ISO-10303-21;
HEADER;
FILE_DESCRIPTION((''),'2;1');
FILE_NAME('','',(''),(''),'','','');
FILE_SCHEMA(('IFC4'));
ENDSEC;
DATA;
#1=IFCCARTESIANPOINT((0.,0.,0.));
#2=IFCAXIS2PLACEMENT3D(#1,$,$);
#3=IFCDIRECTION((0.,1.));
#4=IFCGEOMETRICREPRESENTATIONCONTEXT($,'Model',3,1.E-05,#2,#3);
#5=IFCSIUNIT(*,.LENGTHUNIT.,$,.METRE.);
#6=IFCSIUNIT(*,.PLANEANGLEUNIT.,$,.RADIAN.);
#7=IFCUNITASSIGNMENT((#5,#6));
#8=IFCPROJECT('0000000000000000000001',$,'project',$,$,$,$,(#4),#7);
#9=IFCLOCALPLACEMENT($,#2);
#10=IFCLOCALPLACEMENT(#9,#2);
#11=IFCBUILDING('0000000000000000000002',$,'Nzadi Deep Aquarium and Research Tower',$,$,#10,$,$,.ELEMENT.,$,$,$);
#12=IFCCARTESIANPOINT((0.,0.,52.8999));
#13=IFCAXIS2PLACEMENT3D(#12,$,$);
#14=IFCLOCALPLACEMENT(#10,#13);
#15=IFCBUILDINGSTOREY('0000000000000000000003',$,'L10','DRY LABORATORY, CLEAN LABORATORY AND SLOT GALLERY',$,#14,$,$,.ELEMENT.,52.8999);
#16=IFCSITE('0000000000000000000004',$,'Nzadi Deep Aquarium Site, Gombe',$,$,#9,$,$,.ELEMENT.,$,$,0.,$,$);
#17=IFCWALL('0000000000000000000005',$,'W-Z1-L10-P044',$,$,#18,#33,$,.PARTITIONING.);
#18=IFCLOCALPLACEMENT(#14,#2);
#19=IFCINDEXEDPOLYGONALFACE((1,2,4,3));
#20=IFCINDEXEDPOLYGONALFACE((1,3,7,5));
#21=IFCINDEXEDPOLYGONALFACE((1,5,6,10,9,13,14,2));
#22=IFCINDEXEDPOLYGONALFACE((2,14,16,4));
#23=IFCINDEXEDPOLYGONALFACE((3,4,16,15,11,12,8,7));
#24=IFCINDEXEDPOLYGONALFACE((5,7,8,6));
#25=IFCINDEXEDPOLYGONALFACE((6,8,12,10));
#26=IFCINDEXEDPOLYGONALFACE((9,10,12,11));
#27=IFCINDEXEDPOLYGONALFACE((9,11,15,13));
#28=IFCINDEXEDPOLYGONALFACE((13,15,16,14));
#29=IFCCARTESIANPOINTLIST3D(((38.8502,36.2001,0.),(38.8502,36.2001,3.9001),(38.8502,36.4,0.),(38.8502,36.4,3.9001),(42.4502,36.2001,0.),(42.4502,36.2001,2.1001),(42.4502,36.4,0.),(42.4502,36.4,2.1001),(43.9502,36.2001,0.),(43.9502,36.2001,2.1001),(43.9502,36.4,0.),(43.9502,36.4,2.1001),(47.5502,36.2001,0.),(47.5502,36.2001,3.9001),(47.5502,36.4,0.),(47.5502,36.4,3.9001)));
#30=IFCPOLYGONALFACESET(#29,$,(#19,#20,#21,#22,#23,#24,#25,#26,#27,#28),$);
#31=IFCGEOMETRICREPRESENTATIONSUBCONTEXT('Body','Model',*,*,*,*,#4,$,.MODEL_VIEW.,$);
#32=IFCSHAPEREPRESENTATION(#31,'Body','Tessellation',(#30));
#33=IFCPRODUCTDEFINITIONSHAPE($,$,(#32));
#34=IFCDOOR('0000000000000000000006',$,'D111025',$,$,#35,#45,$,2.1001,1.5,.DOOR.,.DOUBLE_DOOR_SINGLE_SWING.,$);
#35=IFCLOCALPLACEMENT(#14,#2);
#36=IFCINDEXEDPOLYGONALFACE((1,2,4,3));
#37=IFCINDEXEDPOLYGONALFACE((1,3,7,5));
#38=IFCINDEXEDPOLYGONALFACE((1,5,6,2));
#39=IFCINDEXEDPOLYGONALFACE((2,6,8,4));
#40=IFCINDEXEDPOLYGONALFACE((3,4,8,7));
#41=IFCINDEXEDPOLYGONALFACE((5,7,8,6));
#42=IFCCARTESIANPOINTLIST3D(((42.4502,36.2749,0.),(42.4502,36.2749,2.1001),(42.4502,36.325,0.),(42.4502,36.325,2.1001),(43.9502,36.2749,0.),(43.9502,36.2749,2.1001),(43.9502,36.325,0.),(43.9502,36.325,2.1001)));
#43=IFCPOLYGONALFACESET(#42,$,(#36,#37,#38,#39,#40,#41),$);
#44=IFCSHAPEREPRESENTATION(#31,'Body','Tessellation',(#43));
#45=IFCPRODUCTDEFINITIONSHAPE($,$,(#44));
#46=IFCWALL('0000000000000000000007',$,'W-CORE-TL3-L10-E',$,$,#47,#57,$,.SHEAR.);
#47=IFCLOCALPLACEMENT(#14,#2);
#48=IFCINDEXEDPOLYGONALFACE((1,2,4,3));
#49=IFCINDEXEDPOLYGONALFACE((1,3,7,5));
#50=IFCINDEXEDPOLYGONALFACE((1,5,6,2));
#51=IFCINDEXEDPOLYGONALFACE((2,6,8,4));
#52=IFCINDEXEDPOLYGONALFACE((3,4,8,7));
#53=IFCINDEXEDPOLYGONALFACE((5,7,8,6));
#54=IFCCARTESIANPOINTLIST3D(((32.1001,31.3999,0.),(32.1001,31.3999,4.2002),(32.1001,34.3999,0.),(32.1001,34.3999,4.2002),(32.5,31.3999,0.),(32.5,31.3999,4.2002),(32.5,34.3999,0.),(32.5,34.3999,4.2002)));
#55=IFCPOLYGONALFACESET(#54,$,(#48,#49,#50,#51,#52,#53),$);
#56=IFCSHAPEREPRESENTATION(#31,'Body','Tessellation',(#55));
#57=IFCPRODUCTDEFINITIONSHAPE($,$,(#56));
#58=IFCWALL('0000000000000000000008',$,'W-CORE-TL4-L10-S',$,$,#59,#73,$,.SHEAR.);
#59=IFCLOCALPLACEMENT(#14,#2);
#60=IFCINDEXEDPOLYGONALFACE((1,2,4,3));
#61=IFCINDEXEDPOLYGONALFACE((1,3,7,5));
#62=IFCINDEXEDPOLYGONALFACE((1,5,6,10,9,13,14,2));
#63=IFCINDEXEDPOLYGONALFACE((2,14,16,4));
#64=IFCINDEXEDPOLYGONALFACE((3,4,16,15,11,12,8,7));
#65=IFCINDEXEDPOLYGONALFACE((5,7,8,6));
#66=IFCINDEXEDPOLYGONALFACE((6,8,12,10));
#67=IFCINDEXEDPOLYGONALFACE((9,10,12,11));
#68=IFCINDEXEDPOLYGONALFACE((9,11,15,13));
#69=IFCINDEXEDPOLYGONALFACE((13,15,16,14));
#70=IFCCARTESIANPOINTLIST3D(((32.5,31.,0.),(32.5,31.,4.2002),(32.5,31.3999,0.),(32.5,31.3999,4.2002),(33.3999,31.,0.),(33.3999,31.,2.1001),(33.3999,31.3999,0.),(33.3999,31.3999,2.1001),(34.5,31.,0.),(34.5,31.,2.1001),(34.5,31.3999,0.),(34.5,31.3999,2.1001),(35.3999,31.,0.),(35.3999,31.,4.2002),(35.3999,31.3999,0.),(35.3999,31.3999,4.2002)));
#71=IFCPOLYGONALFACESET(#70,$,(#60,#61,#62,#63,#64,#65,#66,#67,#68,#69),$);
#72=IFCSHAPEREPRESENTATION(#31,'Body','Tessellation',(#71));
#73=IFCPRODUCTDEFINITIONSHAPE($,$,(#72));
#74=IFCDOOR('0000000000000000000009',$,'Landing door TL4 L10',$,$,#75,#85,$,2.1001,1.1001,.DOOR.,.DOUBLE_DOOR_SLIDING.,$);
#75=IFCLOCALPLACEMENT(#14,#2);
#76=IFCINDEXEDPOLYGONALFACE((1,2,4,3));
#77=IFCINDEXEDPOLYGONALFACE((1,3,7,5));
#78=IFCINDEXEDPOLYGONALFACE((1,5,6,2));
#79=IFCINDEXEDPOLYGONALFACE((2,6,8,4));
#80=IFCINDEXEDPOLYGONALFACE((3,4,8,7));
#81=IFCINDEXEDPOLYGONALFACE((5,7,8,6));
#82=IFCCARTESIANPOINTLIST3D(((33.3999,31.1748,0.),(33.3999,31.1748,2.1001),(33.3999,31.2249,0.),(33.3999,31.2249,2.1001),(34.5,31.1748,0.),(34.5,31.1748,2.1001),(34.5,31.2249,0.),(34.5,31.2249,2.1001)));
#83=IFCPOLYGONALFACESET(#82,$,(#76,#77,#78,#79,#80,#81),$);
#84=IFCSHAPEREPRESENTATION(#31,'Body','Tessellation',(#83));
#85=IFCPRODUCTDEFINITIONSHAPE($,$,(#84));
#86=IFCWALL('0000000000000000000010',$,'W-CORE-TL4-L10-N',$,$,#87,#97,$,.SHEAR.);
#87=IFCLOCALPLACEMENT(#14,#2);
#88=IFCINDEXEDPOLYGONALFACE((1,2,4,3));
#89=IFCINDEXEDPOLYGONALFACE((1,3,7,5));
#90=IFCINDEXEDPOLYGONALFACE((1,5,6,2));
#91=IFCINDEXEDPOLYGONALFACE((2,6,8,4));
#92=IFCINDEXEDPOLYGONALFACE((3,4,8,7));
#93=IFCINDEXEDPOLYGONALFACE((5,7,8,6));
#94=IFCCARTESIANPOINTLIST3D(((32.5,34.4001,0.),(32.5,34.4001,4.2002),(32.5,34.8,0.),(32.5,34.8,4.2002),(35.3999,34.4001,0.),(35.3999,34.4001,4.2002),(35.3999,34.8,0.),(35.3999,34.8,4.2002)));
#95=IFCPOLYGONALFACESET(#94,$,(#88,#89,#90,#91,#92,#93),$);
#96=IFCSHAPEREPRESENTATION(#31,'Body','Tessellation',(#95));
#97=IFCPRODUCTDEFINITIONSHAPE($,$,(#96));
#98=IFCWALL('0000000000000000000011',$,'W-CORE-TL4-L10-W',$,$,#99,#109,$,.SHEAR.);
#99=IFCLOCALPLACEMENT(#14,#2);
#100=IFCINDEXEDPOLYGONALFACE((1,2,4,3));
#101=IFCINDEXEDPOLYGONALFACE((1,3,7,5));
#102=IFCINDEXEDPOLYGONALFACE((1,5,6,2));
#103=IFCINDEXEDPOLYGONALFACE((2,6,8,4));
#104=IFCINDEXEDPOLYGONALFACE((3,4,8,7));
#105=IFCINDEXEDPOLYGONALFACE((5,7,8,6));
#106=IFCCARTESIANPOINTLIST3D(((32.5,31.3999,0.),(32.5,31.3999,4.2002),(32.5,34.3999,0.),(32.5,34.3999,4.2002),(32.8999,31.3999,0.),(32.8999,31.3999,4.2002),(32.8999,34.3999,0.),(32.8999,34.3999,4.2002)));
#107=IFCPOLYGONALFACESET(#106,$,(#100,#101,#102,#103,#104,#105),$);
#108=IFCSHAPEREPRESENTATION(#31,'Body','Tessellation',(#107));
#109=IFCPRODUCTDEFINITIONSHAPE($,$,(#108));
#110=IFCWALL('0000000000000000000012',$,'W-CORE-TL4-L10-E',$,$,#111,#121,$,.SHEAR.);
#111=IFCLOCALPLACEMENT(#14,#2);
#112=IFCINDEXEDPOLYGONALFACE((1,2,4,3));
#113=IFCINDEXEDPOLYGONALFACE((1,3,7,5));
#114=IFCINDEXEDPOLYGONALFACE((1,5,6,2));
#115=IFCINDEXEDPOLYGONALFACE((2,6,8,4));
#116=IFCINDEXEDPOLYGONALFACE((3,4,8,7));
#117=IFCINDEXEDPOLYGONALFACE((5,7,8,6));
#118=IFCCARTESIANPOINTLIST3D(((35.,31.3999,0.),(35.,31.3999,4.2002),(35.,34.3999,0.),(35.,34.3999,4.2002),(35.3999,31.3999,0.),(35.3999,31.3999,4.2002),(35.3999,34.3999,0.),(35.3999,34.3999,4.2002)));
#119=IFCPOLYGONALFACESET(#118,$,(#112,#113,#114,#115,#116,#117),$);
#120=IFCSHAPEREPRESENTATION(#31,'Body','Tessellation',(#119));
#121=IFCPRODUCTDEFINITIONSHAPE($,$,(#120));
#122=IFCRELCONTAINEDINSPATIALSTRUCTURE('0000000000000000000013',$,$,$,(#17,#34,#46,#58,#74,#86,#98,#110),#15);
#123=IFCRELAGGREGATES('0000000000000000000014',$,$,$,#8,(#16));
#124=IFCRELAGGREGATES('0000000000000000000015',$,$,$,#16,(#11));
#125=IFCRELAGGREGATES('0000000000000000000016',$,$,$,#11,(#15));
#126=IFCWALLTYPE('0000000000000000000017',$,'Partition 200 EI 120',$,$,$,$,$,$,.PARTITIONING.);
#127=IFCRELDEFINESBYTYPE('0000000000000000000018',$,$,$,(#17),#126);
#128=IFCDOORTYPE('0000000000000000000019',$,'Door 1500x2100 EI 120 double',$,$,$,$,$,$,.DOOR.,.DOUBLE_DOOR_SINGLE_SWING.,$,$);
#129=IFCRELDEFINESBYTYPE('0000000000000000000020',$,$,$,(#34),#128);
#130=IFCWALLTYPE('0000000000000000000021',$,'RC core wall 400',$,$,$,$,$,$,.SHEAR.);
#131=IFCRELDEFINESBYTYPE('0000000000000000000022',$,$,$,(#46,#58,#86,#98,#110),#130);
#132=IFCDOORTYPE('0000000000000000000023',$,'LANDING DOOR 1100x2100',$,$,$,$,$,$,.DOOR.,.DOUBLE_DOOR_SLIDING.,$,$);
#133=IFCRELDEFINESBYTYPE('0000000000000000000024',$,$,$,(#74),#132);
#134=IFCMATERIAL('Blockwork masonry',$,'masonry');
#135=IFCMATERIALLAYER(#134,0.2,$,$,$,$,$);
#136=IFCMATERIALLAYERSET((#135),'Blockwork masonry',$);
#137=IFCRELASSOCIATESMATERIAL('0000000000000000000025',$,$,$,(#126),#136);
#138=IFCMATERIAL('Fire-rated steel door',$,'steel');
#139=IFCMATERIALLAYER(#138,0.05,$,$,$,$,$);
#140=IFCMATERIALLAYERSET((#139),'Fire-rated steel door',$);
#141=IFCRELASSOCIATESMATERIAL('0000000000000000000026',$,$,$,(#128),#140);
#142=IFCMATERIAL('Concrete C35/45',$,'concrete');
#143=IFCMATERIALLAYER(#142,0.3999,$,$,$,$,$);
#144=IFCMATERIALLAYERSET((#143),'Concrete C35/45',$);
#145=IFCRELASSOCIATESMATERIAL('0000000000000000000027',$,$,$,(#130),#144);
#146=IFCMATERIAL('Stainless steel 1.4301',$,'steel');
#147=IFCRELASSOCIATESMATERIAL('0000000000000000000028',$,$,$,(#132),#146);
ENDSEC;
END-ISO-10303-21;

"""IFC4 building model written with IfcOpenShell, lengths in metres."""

from ifc_helpers import new_model, si_unit, direction, frame, frame_2d, origin, place, context, subcontext, project, spatial, rectangle, extrude, material, layer, layer_set, type_object, element, fill, save


model = new_model("IFC4")

# Units and contexts
model_context = context("Model", 3, precision=1e-05, world=origin(), true_north=direction((0.0, 1.0)))
body_context = subcontext(model_context, "Body", "Model", "MODEL_VIEW")
ifc_project = project(units=[si_unit("LENGTHUNIT", "METRE"), si_unit("PLANEANGLEUNIT", "RADIAN")], contexts=[model_context])

# Site, building, storey
site_placement = place(None, origin())
site = spatial("IfcSite", under=ifc_project, at=site_placement, Name="Nzadi Deep Aquarium Site, Gombe", CompositionType="ELEMENT", RefElevation=0.0)
building_placement = place(site_placement, origin())
building = spatial("IfcBuilding", under=site, at=building_placement, Name="Nzadi Deep Aquarium and Research Tower", CompositionType="ELEMENT")
storey_placement = place(building_placement, frame((0.0, 0.0, 52.8999)))
storey = spatial("IfcBuildingStorey", under=building, at=storey_placement, Name="L10", Description="DRY LABORATORY, CLEAN LABORATORY AND SLOT GALLERY", CompositionType="ELEMENT", Elevation=52.8999)

# Shared definitions
ifc_material_1 = material(Name="Blockwork masonry", Category="masonry")
ifc_layer_1 = layer(ifc_material_1, 0.2)
ifc_layer_set_1 = layer_set([ifc_layer_1], Name="Blockwork masonry")
wall_type_1 = type_object("IfcWallType", Name="Partition 200 EI 120", PredefinedType="PARTITIONING", material=ifc_layer_set_1)

# Wall, opening, door
wall_1_placement = place(storey_placement, frame((38.8501, 36.3, 0.0), z_axis=(0.0, 0.0, 1.0), x_axis=(1.0, 0.0, 0.0)))
wall_1 = element("IfcWall", 1, at=wall_1_placement, inside=storey, type_object=wall_type_1, Name="W-Z1-L10-P044", PredefinedType="PARTITIONING", context=body_context, shape_type="SweptSolid", body=[
    extrude(rectangle(XDim=8.7, YDim=0.2, at=frame_2d((4.3501, 0.0))), origin(), (0.0, 0.0, 1.0), 3.9001),
])
opening_1_placement = place(wall_1_placement, frame((3.6001, 0.0, 0.0)))
opening_1 = element("IfcOpeningElement", 2, at=opening_1_placement, cuts=wall_1, PredefinedType="OPENING", context=body_context, shape_type="SweptSolid", body=[
    extrude(rectangle(XDim=1.5, YDim=2.1001, at=frame_2d((0.75, 1.05))), frame((0.0, 0.1101, 0.0), z_axis=(0.0, -1.0, 0.0), x_axis=(1.0, 0.0, 0.0)), (0.0, 0.0, 1.0), 0.2202),
])
ifc_material_2 = material(Name="Fire-rated steel door", Category="steel")
ifc_layer_2 = layer(ifc_material_2, 0.05)
ifc_layer_set_2 = layer_set([ifc_layer_2], Name="Fire-rated steel door")
door_type_1 = type_object("IfcDoorType", Name="Door 1500x2100 EI 120 double", OperationType="DOUBLE_DOOR_SINGLE_SWING", PredefinedType="DOOR", material=ifc_layer_set_2)
door_1_placement = place(opening_1_placement, origin())
door_1 = element("IfcDoor", 3, at=door_1_placement, inside=storey, type_object=door_type_1, Name="D111025", OperationType="DOUBLE_DOOR_SINGLE_SWING", OverallHeight=2.1001, OverallWidth=1.5, PredefinedType="DOOR", context=body_context, shape_type="SweptSolid", body=[
    extrude(rectangle(XDim=1.5, YDim=2.1001, at=frame_2d((0.75, 1.05))), frame((0.0, 0.0249, 0.0), z_axis=(0.0, -1.0, 0.0), x_axis=(1.0, 0.0, 0.0)), (0.0, 0.0, 1.0), 0.05),
])
fill(opening_1, door_1)

# Wall
ifc_material_3 = material(Name="Concrete C35/45", Category="concrete")
ifc_layer_3 = layer(ifc_material_3, 0.3999)
ifc_layer_set_3 = layer_set([ifc_layer_3], Name="Concrete C35/45")
wall_type_2 = type_object("IfcWallType", Name="RC core wall 400", PredefinedType="SHEAR", material=ifc_layer_set_3)
wall_2_placement = place(storey_placement, frame((32.3, 31.3999, 0.0), z_axis=(0.0, 0.0, 1.0), x_axis=(0.0, 1.0, 0.0)))
element("IfcWall", 4, at=wall_2_placement, inside=storey, type_object=wall_type_2, Name="W-CORE-TL3-L10-E", PredefinedType="SHEAR", context=body_context, shape_type="SweptSolid", body=[
    extrude(rectangle(XDim=3.0, YDim=0.3999, at=frame_2d((1.5, 0.0))), origin(), (0.0, 0.0, 1.0), 4.2002),
])

# Wall, opening, door
wall_3_placement = place(storey_placement, frame((32.5, 31.2, 0.0), z_axis=(0.0, 0.0, 1.0), x_axis=(1.0, 0.0, 0.0)))
wall_3 = element("IfcWall", 5, at=wall_3_placement, inside=storey, type_object=wall_type_2, Name="W-CORE-TL4-L10-S", PredefinedType="SHEAR", context=body_context, shape_type="SweptSolid", body=[
    extrude(rectangle(XDim=2.8999, YDim=0.3999, at=frame_2d((1.45, 0.0))), origin(), (0.0, 0.0, 1.0), 4.2002),
])
opening_2_placement = place(wall_3_placement, frame((0.8999, 0.0, 0.0)))
opening_2 = element("IfcOpeningElement", 6, at=opening_2_placement, cuts=wall_3, PredefinedType="OPENING", context=body_context, shape_type="SweptSolid", body=[
    extrude(rectangle(XDim=1.1001, YDim=2.1001, at=frame_2d((0.55, 1.05))), frame((0.0, 0.21, 0.0), z_axis=(0.0, -1.0, 0.0), x_axis=(1.0, 0.0, 0.0)), (0.0, 0.0, 1.0), 0.4199),
])
ifc_material_4 = material(Name="Stainless steel 1.4301", Category="steel")
door_type_2 = type_object("IfcDoorType", Name="LANDING DOOR 1100x2100", OperationType="DOUBLE_DOOR_SLIDING", PredefinedType="DOOR", material=ifc_material_4)
door_2_placement = place(opening_2_placement, origin())
door_2 = element("IfcDoor", 7, at=door_2_placement, inside=storey, type_object=door_type_2, Name="Landing door TL4 L10", OperationType="DOUBLE_DOOR_SLIDING", OverallHeight=2.1001, OverallWidth=1.1001, PredefinedType="DOOR", context=body_context, shape_type="SweptSolid", body=[
    extrude(rectangle(XDim=1.1001, YDim=2.1001, at=frame_2d((0.55, 1.05))), frame((0.0, 0.0249, 0.0), z_axis=(0.0, -1.0, 0.0), x_axis=(1.0, 0.0, 0.0)), (0.0, 0.0, 1.0), 0.05),
])
fill(opening_2, door_2)

# Walls
wall_4_placement = place(storey_placement, frame((32.5, 34.6001, 0.0), z_axis=(0.0, 0.0, 1.0), x_axis=(1.0, 0.0, 0.0)))
element("IfcWall", 8, at=wall_4_placement, inside=storey, type_object=wall_type_2, Name="W-CORE-TL4-L10-N", PredefinedType="SHEAR", context=body_context, shape_type="SweptSolid", body=[
    extrude(rectangle(XDim=2.8999, YDim=0.3999, at=frame_2d((1.45, 0.0))), origin(), (0.0, 0.0, 1.0), 4.2002),
])
for number, where, z_axis, x_axis, name in (
    (9, (32.7, 31.3999, 0.0), (0.0, 0.0, 1.0), (0.0, 1.0, 0.0), "W-CORE-TL4-L10-W"),
    (10, (35.2, 31.3999, 0.0), (0.0, 0.0, 1.0), (0.0, 1.0, 0.0), "W-CORE-TL4-L10-E"),
):
    element("IfcWall", number, at=place(storey_placement, frame(where, z_axis=z_axis, x_axis=x_axis)), inside=storey, type_object=wall_type_2, Name=name, PredefinedType="SHEAR", context=body_context, shape_type="SweptSolid", body=[
        extrude(rectangle(XDim=3.0, YDim=0.3999, at=frame_2d((1.5, 0.0))), origin(), (0.0, 0.0, 1.0), 4.2002),
    ])

save(model, "model.ifc")
